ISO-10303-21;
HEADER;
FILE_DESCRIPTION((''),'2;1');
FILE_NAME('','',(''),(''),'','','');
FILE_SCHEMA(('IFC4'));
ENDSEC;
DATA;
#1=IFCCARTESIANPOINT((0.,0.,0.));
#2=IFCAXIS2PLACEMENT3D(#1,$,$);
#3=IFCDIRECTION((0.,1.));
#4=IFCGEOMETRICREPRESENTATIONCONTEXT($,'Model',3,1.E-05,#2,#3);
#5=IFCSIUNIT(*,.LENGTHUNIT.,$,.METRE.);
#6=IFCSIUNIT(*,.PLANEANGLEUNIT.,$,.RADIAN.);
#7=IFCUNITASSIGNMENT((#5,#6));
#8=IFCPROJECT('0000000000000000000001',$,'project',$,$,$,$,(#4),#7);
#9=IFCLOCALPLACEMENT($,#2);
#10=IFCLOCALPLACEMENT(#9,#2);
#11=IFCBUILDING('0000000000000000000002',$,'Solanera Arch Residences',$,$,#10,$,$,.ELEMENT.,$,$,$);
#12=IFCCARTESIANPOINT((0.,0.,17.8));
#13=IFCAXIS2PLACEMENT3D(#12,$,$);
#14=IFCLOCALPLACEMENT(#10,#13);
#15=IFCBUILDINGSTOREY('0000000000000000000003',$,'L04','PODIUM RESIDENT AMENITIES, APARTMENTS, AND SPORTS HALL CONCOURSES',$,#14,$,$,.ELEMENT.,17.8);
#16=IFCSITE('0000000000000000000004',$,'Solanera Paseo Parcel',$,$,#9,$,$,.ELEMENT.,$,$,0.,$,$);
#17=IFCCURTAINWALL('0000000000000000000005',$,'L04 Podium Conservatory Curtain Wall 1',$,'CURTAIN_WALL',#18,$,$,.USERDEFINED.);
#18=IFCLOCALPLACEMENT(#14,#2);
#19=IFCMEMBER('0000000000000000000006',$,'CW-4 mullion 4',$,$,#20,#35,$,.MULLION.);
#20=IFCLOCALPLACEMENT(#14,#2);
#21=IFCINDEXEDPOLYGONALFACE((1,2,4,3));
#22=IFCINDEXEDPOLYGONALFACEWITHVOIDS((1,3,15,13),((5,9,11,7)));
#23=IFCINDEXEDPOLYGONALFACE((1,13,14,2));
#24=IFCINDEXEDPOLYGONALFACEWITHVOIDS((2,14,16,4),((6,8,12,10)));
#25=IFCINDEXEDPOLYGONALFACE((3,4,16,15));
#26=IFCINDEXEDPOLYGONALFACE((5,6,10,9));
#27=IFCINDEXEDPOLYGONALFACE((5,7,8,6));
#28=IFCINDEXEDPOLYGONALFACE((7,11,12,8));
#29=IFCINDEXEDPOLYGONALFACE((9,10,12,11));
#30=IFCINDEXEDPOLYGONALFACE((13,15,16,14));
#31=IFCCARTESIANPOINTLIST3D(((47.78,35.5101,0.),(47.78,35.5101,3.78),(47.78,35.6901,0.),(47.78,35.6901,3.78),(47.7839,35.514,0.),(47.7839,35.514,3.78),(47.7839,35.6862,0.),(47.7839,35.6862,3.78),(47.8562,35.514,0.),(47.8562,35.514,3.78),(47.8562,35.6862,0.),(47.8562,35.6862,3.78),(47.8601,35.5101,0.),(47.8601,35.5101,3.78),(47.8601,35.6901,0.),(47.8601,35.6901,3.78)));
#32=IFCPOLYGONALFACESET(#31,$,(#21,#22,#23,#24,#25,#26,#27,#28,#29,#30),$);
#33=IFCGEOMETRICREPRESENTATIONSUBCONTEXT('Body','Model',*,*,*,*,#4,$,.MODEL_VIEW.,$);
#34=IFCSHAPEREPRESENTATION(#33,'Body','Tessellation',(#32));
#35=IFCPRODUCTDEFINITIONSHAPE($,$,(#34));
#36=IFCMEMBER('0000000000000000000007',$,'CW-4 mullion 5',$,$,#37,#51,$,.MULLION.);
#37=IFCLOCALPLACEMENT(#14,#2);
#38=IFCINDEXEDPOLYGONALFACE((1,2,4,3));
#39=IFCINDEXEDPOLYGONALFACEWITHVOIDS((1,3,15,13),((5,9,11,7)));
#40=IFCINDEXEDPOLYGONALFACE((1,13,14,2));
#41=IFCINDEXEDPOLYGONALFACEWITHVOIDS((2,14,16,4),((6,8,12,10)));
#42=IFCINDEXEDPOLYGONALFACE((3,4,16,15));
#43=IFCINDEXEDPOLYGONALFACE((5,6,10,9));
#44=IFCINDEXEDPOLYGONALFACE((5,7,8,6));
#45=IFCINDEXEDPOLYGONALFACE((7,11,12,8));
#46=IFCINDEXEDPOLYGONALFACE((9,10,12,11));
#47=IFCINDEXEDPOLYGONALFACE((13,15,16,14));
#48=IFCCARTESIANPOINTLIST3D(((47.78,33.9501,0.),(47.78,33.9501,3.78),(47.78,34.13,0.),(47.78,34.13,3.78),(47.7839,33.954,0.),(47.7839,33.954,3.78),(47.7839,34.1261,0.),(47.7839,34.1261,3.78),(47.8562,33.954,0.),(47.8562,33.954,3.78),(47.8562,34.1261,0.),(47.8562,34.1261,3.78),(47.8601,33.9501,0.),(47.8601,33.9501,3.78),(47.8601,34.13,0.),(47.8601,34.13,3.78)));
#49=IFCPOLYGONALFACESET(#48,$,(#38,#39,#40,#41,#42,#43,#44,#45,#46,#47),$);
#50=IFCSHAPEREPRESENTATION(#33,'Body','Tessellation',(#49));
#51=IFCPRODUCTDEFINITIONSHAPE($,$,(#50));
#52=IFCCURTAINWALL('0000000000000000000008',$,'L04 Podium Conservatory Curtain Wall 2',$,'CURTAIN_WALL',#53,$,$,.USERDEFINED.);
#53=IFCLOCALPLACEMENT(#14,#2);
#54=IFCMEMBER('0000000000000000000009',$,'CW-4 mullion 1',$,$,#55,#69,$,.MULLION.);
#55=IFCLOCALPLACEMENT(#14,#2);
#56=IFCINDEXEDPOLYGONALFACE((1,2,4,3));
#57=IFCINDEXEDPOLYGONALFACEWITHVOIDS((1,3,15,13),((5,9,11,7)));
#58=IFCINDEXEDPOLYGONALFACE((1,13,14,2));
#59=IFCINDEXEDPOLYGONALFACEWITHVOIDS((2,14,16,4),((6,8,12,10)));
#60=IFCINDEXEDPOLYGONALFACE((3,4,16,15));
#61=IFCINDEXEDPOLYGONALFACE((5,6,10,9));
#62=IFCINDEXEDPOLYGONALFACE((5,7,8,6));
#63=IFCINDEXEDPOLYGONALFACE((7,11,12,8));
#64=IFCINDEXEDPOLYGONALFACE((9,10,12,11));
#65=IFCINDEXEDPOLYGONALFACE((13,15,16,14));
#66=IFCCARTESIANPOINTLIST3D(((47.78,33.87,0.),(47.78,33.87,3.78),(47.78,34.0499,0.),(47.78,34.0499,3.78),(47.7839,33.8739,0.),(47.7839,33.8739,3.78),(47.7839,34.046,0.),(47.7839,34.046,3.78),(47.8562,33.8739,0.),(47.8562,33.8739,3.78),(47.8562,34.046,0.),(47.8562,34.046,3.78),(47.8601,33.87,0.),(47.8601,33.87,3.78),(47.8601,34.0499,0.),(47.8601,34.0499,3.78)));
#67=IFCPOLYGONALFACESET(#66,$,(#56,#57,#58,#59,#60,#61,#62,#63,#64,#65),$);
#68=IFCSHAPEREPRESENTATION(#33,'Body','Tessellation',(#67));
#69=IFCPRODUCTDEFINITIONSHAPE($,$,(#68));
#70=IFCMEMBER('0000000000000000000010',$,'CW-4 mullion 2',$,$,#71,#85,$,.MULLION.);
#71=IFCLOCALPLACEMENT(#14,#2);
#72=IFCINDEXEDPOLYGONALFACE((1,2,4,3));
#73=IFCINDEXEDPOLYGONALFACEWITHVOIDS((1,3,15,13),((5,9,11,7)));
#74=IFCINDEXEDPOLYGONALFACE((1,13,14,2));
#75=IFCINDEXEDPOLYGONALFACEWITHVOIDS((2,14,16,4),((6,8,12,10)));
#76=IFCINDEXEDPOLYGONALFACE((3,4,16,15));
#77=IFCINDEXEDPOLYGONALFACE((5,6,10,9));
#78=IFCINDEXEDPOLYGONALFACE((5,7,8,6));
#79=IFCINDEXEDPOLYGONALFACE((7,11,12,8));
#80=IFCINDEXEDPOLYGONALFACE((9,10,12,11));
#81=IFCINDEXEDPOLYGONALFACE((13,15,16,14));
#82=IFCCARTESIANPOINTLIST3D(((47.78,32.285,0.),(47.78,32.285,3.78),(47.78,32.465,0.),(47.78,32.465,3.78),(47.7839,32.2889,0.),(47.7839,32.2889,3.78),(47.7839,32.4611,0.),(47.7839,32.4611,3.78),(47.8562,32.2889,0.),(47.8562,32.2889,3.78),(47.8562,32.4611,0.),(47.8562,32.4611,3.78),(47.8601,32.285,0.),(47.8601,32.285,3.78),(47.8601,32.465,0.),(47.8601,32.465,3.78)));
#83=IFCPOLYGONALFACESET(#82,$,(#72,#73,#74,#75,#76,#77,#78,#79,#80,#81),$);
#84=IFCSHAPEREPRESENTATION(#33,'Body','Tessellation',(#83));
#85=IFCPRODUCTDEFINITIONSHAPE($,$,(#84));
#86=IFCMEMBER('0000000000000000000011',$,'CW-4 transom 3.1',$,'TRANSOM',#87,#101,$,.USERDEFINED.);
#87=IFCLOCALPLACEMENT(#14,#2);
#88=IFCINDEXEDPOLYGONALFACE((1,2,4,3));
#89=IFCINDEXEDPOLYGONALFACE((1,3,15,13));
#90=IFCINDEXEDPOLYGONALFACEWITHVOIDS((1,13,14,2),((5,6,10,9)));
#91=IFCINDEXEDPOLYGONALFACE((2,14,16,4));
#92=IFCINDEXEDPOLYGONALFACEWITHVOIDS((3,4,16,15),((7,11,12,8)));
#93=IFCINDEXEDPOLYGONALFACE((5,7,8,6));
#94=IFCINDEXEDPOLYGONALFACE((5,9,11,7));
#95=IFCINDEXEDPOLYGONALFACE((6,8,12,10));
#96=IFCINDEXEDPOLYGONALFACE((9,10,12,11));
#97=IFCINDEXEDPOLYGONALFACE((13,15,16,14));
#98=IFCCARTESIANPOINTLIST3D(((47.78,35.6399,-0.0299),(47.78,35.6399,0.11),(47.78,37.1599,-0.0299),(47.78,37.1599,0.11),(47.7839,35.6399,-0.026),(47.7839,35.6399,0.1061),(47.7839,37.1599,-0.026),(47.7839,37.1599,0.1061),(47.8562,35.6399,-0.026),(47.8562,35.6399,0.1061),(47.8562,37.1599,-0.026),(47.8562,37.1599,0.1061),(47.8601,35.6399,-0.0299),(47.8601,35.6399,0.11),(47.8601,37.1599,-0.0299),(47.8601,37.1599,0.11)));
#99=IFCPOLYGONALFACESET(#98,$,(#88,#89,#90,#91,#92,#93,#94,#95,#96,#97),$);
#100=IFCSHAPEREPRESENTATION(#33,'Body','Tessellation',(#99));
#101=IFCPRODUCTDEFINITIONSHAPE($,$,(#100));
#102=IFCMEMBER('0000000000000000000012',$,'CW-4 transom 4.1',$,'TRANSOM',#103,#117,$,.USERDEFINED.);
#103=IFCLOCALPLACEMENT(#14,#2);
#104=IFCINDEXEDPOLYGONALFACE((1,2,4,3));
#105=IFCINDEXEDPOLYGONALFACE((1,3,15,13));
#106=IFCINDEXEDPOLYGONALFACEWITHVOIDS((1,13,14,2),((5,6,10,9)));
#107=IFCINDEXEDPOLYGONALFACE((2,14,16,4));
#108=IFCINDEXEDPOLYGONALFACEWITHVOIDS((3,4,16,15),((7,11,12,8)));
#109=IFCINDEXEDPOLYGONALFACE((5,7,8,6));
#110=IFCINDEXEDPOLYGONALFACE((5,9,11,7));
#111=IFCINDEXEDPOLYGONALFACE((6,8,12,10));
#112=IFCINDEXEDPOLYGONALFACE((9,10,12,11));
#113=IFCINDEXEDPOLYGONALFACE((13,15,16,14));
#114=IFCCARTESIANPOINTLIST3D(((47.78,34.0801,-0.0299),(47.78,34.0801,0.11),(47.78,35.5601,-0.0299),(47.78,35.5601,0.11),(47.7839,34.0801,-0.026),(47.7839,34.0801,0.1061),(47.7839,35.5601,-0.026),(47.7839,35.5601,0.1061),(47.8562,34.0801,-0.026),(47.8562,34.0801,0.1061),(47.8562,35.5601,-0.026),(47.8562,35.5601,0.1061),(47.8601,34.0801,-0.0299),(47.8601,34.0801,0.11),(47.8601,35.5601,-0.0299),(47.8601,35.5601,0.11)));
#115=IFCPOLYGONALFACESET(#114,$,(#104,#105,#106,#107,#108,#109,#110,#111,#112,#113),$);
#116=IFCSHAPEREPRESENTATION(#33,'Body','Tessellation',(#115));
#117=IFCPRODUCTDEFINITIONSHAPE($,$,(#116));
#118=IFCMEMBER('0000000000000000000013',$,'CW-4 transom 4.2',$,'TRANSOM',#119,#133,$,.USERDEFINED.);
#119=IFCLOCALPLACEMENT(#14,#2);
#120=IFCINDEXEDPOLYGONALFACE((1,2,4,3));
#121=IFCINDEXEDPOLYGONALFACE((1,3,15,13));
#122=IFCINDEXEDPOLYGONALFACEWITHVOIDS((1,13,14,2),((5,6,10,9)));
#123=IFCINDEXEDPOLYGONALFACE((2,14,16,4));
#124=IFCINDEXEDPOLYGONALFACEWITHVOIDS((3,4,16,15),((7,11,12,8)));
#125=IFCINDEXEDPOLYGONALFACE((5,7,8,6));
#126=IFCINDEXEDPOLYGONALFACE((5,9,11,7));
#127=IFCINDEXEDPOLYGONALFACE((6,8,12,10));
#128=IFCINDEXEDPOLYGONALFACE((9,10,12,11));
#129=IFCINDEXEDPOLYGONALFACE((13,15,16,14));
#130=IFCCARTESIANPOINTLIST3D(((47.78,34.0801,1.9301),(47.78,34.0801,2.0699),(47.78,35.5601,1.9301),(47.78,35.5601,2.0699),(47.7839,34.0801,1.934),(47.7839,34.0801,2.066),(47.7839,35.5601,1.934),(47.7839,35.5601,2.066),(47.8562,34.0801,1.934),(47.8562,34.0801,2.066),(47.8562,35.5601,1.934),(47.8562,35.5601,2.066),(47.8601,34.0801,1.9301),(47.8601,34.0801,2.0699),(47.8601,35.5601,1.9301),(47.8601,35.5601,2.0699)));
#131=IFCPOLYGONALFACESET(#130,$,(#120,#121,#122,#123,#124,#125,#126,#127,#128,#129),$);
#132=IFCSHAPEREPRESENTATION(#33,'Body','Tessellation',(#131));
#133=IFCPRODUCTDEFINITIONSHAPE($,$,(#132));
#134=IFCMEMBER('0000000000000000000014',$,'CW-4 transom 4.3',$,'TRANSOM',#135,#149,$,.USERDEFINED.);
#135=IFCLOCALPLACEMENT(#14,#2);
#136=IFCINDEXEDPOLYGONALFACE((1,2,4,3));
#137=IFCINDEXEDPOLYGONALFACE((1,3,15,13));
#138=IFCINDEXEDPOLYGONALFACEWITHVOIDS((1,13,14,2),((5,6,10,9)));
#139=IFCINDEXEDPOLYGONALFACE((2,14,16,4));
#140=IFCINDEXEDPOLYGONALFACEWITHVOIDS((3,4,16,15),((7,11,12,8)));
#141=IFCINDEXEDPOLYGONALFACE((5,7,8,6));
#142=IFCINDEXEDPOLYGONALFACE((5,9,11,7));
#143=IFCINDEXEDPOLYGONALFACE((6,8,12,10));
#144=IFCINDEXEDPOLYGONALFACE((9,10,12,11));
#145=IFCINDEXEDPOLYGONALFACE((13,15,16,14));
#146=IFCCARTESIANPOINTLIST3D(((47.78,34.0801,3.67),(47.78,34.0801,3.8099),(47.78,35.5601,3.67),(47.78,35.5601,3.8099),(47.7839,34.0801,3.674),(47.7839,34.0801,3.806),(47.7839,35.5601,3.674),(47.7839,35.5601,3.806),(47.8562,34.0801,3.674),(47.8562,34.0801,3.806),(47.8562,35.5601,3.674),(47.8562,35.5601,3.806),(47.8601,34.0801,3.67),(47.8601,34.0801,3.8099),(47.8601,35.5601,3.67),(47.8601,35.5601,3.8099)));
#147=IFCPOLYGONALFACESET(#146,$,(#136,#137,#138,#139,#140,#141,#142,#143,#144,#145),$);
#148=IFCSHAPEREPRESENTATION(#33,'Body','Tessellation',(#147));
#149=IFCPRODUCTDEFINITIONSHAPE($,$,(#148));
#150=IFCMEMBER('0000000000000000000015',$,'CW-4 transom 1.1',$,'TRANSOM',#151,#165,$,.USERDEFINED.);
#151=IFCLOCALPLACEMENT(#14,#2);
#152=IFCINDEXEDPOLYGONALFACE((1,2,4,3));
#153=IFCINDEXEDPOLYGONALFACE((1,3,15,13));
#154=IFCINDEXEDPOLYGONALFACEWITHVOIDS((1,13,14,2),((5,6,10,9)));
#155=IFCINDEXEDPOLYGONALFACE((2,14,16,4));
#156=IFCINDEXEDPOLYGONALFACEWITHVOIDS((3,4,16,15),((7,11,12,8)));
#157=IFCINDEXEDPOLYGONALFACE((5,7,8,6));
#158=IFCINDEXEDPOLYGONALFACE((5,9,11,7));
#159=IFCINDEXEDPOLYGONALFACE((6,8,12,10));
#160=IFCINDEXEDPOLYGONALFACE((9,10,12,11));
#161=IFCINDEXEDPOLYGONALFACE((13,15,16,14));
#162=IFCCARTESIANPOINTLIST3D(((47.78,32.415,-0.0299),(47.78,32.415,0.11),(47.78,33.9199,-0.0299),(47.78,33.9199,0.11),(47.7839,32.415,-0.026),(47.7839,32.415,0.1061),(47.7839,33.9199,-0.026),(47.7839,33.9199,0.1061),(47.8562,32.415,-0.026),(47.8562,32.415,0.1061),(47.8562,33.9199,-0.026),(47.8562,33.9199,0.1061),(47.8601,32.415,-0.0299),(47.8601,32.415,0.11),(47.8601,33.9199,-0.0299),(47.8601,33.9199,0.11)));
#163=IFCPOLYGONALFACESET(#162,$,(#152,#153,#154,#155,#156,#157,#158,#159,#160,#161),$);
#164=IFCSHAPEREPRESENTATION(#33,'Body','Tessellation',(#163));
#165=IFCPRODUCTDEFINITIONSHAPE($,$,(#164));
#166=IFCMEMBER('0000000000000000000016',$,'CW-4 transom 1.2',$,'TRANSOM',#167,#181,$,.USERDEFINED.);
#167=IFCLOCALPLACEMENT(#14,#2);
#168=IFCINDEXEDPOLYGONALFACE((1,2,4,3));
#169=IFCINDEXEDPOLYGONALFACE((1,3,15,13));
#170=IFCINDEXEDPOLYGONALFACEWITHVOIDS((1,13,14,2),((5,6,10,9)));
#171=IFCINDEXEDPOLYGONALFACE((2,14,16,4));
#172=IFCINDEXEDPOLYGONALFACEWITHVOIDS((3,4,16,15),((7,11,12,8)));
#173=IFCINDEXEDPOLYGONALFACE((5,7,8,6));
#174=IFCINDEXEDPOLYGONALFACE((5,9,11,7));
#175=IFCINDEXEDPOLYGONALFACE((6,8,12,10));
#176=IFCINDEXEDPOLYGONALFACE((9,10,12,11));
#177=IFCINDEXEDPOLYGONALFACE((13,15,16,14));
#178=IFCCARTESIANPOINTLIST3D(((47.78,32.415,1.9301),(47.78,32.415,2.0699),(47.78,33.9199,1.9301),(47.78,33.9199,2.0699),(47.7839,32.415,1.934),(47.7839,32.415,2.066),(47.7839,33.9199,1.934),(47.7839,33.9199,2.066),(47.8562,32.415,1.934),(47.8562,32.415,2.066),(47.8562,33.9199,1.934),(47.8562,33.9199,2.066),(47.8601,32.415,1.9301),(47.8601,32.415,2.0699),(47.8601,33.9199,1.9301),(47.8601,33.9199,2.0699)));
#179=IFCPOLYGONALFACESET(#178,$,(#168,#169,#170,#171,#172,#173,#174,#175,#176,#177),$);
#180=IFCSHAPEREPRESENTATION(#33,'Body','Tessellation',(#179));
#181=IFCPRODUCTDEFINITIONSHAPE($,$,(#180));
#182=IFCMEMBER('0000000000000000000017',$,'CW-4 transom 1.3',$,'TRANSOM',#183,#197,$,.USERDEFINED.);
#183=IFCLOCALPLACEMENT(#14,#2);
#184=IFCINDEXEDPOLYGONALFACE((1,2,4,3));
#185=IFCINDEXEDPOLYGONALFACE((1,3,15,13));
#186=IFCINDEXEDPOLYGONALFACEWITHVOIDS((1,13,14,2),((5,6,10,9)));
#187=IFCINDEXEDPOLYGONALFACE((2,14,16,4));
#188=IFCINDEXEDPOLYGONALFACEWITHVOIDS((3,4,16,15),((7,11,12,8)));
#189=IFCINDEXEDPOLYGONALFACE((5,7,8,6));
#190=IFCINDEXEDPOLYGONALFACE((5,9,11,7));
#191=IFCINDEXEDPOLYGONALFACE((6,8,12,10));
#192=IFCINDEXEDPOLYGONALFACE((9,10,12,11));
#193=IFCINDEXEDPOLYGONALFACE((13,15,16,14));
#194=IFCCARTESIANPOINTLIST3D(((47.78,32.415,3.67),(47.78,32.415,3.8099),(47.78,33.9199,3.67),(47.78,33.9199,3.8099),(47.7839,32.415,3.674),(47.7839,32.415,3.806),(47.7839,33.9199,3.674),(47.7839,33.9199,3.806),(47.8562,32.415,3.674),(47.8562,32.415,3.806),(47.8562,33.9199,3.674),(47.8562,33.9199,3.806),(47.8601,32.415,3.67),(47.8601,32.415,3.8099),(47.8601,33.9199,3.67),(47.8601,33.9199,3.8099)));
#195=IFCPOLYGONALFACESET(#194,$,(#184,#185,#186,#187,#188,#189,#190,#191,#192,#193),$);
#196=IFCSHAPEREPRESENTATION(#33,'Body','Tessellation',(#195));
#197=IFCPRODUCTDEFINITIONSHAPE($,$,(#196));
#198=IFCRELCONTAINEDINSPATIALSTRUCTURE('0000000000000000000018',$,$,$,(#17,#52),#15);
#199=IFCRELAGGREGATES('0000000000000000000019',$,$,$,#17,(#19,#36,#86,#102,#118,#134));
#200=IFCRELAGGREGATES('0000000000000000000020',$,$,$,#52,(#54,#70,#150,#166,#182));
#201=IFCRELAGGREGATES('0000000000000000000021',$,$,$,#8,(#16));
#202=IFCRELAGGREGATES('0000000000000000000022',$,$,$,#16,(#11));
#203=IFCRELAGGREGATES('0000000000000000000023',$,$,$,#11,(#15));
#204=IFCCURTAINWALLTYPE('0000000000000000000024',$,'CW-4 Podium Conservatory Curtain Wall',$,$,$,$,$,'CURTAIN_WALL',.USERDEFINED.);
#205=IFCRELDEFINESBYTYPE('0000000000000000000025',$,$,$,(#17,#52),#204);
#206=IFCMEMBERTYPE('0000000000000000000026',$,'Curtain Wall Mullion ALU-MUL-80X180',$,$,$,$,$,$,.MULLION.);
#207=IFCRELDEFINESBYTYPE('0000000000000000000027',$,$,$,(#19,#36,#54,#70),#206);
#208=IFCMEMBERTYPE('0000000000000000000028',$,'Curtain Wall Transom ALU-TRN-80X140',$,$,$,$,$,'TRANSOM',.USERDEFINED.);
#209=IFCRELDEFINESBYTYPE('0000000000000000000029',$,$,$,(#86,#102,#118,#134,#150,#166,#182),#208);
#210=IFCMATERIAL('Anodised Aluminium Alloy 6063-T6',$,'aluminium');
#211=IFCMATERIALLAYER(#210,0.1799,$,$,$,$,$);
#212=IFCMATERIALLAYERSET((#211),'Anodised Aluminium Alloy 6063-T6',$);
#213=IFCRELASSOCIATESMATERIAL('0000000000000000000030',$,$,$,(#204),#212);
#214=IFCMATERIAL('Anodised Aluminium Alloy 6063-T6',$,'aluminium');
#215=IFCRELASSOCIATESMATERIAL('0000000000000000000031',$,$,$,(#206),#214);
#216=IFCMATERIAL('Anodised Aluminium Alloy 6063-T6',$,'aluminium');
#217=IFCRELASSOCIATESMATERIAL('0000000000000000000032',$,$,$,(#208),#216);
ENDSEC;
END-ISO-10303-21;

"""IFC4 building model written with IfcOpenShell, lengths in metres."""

from ifc_helpers import new_model, si_unit, direction, frame, origin, origin_2d, place, context, subcontext, project, spatial, hollow_rectangle, extrude, material, layer, layer_set, material_profile, profile_set, type_object, element, aggregate, save


model = new_model("IFC4")

# Units and contexts
model_context = context("Model", 3, precision=1e-05, world=origin(), true_north=direction((0.0, 1.0)))
body_context = subcontext(model_context, "Body", "Model", "MODEL_VIEW")
ifc_project = project(units=[si_unit("LENGTHUNIT", "METRE"), si_unit("PLANEANGLEUNIT", "RADIAN")], contexts=[model_context])

# Site, building, storey
site_placement = place(None, origin())
site = spatial("IfcSite", under=ifc_project, at=site_placement, Name="Solanera Paseo Parcel", CompositionType="ELEMENT", RefElevation=0.0)
building_placement = place(site_placement, origin())
building = spatial("IfcBuilding", under=site, at=building_placement, Name="Solanera Arch Residences", CompositionType="ELEMENT")
storey_placement = place(building_placement, frame((0.0, 0.0, 17.8)))
storey = spatial("IfcBuildingStorey", under=building, at=storey_placement, Name="L04", Description="PODIUM RESIDENT AMENITIES, APARTMENTS, AND SPORTS HALL CONCOURSES", CompositionType="ELEMENT", Elevation=17.8)

# Curtain walls, members
ifc_material_1 = material(Name="Anodised Aluminium Alloy 6063-T6", Category="aluminium")
ifc_layer_1 = layer(ifc_material_1, 0.1799)
ifc_layer_set_1 = layer_set([ifc_layer_1], Name="Anodised Aluminium Alloy 6063-T6")
curtain_wall_type = type_object("IfcCurtainWallType", Name="CW-4 Podium Conservatory Curtain Wall", ElementType="CURTAIN_WALL", PredefinedType="USERDEFINED", material=ifc_layer_set_1)
curtain_wall_1_placement = place(storey_placement, origin())
curtain_wall_1 = element("IfcCurtainWall", 1, at=curtain_wall_1_placement, inside=storey, type_object=curtain_wall_type, Name="L04 Podium Conservatory Curtain Wall 1", ObjectType="CURTAIN_WALL", PredefinedType="USERDEFINED")
ifc_material_2 = material(Name="Anodised Aluminium Alloy 6063-T6", Category="aluminium")
ifc_material_profile_1 = material_profile(ifc_material_2, hollow_rectangle(XDim=0.0801, YDim=0.1799, WallThickness=0.0039, at=origin_2d()))
ifc_profile_set_1 = profile_set([ifc_material_profile_1], Name="Anodised Aluminium Alloy 6063-T6")
member_type_1 = type_object("IfcMemberType", Name="Curtain Wall Mullion ALU-MUL-80X180", PredefinedType="MULLION", material=ifc_profile_set_1)
member_1_placement = place(storey_placement, frame((47.8201, 35.6001, 0.0), z_axis=(0.0, 0.0, 1.0), x_axis=(1.0, 0.0, 0.0)))
member_1 = element("IfcMember", 2, at=member_1_placement, type_object=member_type_1, Name="CW-4 mullion 4", PredefinedType="MULLION", context=body_context, shape_type="SweptSolid", body=[
    extrude(hollow_rectangle(XDim=0.0801, YDim=0.1799, WallThickness=0.0039, at=origin_2d()), origin(), (0.0, 0.0, 1.0), 3.78),
])
member_2_placement = place(storey_placement, frame((47.8201, 34.04, 0.0), z_axis=(0.0, 0.0, 1.0), x_axis=(1.0, 0.0, 0.0)))
member_2 = element("IfcMember", 3, at=member_2_placement, type_object=member_type_1, Name="CW-4 mullion 5", PredefinedType="MULLION", context=body_context, shape_type="SweptSolid", body=[
    extrude(hollow_rectangle(XDim=0.0801, YDim=0.1799, WallThickness=0.0039, at=origin_2d()), origin(), (0.0, 0.0, 1.0), 3.78),
])
curtain_wall_2_placement = place(storey_placement, origin())
curtain_wall_2 = element("IfcCurtainWall", 4, at=curtain_wall_2_placement, inside=storey, type_object=curtain_wall_type, Name="L04 Podium Conservatory Curtain Wall 2", ObjectType="CURTAIN_WALL", PredefinedType="USERDEFINED")
member_3_placement = place(storey_placement, frame((47.8201, 33.96, 0.0), z_axis=(0.0, 0.0, 1.0), x_axis=(1.0, 0.0, 0.0)))
member_3 = element("IfcMember", 5, at=member_3_placement, type_object=member_type_1, Name="CW-4 mullion 1", PredefinedType="MULLION", context=body_context, shape_type="SweptSolid", body=[
    extrude(hollow_rectangle(XDim=0.0801, YDim=0.1799, WallThickness=0.0039, at=origin_2d()), origin(), (0.0, 0.0, 1.0), 3.78),
])
member_4_placement = place(storey_placement, frame((47.8201, 32.375, 0.0), z_axis=(0.0, 0.0, 1.0), x_axis=(1.0, 0.0, 0.0)))
member_4 = element("IfcMember", 6, at=member_4_placement, type_object=member_type_1, Name="CW-4 mullion 2", PredefinedType="MULLION", context=body_context, shape_type="SweptSolid", body=[
    extrude(hollow_rectangle(XDim=0.0801, YDim=0.1799, WallThickness=0.0039, at=origin_2d()), origin(), (0.0, 0.0, 1.0), 3.78),
])

# Members
ifc_material_3 = material(Name="Anodised Aluminium Alloy 6063-T6", Category="aluminium")
ifc_material_profile_2 = material_profile(ifc_material_3, hollow_rectangle(XDim=0.0801, YDim=0.1399, WallThickness=0.0039, at=origin_2d()))
ifc_profile_set_2 = profile_set([ifc_material_profile_2], Name="Anodised Aluminium Alloy 6063-T6")
member_type_2 = type_object("IfcMemberType", Name="Curtain Wall Transom ALU-TRN-80X140", ElementType="TRANSOM", PredefinedType="USERDEFINED", material=ifc_profile_set_2)
member_5_placement = place(storey_placement, frame((47.8201, 37.1599, 0.04), z_axis=(0.0, -1.0, 0.0), x_axis=(1.0, 0.0, 0.0)))
member_5 = element("IfcMember", 7, at=member_5_placement, type_object=member_type_2, Name="CW-4 transom 3.1", ObjectType="TRANSOM", PredefinedType="USERDEFINED", context=body_context, shape_type="SweptSolid", body=[
    extrude(hollow_rectangle(XDim=0.0801, YDim=0.1399, WallThickness=0.0039, at=origin_2d()), origin(), (0.0, 0.0, 1.0), 1.52),
])
member_6_placement = place(storey_placement, frame((47.8201, 35.5601, 0.04), z_axis=(0.0, -1.0, 0.0), x_axis=(1.0, 0.0, 0.0)))
member_6 = element("IfcMember", 8, at=member_6_placement, type_object=member_type_2, Name="CW-4 transom 4.1", ObjectType="TRANSOM", PredefinedType="USERDEFINED", context=body_context, shape_type="SweptSolid", body=[
    extrude(hollow_rectangle(XDim=0.0801, YDim=0.1399, WallThickness=0.0039, at=origin_2d()), origin(), (0.0, 0.0, 1.0), 1.48),
])
member_7_placement = place(storey_placement, frame((47.8201, 35.5601, 2.0), z_axis=(0.0, -1.0, 0.0), x_axis=(1.0, 0.0, 0.0)))
member_7 = element("IfcMember", 9, at=member_7_placement, type_object=member_type_2, Name="CW-4 transom 4.2", ObjectType="TRANSOM", PredefinedType="USERDEFINED", context=body_context, shape_type="SweptSolid", body=[
    extrude(hollow_rectangle(XDim=0.0801, YDim=0.1399, WallThickness=0.0039, at=origin_2d()), origin(), (0.0, 0.0, 1.0), 1.48),
])
member_8_placement = place(storey_placement, frame((47.8201, 35.5601, 3.74), z_axis=(0.0, -1.0, 0.0), x_axis=(1.0, 0.0, 0.0)))
member_8 = element("IfcMember", 10, at=member_8_placement, type_object=member_type_2, Name="CW-4 transom 4.3", ObjectType="TRANSOM", PredefinedType="USERDEFINED", context=body_context, shape_type="SweptSolid", body=[
    extrude(hollow_rectangle(XDim=0.0801, YDim=0.1399, WallThickness=0.0039, at=origin_2d()), origin(), (0.0, 0.0, 1.0), 1.48),
])
member_9_placement = place(storey_placement, frame((47.8201, 33.9199, 0.04), z_axis=(0.0, -1.0, 0.0), x_axis=(1.0, 0.0, 0.0)))
member_9 = element("IfcMember", 11, at=member_9_placement, type_object=member_type_2, Name="CW-4 transom 1.1", ObjectType="TRANSOM", PredefinedType="USERDEFINED", context=body_context, shape_type="SweptSolid", body=[
    extrude(hollow_rectangle(XDim=0.0801, YDim=0.1399, WallThickness=0.0039, at=origin_2d()), origin(), (0.0, 0.0, 1.0), 1.5049),
])
member_10_placement = place(storey_placement, frame((47.8201, 33.9199, 2.0), z_axis=(0.0, -1.0, 0.0), x_axis=(1.0, 0.0, 0.0)))
member_10 = element("IfcMember", 12, at=member_10_placement, type_object=member_type_2, Name="CW-4 transom 1.2", ObjectType="TRANSOM", PredefinedType="USERDEFINED", context=body_context, shape_type="SweptSolid", body=[
    extrude(hollow_rectangle(XDim=0.0801, YDim=0.1399, WallThickness=0.0039, at=origin_2d()), origin(), (0.0, 0.0, 1.0), 1.5049),
])
member_11_placement = place(storey_placement, frame((47.8201, 33.9199, 3.74), z_axis=(0.0, -1.0, 0.0), x_axis=(1.0, 0.0, 0.0)))
member_11 = element("IfcMember", 13, at=member_11_placement, type_object=member_type_2, Name="CW-4 transom 1.3", ObjectType="TRANSOM", PredefinedType="USERDEFINED", context=body_context, shape_type="SweptSolid", body=[
    extrude(hollow_rectangle(XDim=0.0801, YDim=0.1399, WallThickness=0.0039, at=origin_2d()), origin(), (0.0, 0.0, 1.0), 1.5049),
])

aggregate(curtain_wall_1, [member_1, member_2, member_5, member_6, member_7, member_8])
aggregate(curtain_wall_2, [member_3, member_4, member_9, member_10, member_11])

save(model, "model.ifc")
